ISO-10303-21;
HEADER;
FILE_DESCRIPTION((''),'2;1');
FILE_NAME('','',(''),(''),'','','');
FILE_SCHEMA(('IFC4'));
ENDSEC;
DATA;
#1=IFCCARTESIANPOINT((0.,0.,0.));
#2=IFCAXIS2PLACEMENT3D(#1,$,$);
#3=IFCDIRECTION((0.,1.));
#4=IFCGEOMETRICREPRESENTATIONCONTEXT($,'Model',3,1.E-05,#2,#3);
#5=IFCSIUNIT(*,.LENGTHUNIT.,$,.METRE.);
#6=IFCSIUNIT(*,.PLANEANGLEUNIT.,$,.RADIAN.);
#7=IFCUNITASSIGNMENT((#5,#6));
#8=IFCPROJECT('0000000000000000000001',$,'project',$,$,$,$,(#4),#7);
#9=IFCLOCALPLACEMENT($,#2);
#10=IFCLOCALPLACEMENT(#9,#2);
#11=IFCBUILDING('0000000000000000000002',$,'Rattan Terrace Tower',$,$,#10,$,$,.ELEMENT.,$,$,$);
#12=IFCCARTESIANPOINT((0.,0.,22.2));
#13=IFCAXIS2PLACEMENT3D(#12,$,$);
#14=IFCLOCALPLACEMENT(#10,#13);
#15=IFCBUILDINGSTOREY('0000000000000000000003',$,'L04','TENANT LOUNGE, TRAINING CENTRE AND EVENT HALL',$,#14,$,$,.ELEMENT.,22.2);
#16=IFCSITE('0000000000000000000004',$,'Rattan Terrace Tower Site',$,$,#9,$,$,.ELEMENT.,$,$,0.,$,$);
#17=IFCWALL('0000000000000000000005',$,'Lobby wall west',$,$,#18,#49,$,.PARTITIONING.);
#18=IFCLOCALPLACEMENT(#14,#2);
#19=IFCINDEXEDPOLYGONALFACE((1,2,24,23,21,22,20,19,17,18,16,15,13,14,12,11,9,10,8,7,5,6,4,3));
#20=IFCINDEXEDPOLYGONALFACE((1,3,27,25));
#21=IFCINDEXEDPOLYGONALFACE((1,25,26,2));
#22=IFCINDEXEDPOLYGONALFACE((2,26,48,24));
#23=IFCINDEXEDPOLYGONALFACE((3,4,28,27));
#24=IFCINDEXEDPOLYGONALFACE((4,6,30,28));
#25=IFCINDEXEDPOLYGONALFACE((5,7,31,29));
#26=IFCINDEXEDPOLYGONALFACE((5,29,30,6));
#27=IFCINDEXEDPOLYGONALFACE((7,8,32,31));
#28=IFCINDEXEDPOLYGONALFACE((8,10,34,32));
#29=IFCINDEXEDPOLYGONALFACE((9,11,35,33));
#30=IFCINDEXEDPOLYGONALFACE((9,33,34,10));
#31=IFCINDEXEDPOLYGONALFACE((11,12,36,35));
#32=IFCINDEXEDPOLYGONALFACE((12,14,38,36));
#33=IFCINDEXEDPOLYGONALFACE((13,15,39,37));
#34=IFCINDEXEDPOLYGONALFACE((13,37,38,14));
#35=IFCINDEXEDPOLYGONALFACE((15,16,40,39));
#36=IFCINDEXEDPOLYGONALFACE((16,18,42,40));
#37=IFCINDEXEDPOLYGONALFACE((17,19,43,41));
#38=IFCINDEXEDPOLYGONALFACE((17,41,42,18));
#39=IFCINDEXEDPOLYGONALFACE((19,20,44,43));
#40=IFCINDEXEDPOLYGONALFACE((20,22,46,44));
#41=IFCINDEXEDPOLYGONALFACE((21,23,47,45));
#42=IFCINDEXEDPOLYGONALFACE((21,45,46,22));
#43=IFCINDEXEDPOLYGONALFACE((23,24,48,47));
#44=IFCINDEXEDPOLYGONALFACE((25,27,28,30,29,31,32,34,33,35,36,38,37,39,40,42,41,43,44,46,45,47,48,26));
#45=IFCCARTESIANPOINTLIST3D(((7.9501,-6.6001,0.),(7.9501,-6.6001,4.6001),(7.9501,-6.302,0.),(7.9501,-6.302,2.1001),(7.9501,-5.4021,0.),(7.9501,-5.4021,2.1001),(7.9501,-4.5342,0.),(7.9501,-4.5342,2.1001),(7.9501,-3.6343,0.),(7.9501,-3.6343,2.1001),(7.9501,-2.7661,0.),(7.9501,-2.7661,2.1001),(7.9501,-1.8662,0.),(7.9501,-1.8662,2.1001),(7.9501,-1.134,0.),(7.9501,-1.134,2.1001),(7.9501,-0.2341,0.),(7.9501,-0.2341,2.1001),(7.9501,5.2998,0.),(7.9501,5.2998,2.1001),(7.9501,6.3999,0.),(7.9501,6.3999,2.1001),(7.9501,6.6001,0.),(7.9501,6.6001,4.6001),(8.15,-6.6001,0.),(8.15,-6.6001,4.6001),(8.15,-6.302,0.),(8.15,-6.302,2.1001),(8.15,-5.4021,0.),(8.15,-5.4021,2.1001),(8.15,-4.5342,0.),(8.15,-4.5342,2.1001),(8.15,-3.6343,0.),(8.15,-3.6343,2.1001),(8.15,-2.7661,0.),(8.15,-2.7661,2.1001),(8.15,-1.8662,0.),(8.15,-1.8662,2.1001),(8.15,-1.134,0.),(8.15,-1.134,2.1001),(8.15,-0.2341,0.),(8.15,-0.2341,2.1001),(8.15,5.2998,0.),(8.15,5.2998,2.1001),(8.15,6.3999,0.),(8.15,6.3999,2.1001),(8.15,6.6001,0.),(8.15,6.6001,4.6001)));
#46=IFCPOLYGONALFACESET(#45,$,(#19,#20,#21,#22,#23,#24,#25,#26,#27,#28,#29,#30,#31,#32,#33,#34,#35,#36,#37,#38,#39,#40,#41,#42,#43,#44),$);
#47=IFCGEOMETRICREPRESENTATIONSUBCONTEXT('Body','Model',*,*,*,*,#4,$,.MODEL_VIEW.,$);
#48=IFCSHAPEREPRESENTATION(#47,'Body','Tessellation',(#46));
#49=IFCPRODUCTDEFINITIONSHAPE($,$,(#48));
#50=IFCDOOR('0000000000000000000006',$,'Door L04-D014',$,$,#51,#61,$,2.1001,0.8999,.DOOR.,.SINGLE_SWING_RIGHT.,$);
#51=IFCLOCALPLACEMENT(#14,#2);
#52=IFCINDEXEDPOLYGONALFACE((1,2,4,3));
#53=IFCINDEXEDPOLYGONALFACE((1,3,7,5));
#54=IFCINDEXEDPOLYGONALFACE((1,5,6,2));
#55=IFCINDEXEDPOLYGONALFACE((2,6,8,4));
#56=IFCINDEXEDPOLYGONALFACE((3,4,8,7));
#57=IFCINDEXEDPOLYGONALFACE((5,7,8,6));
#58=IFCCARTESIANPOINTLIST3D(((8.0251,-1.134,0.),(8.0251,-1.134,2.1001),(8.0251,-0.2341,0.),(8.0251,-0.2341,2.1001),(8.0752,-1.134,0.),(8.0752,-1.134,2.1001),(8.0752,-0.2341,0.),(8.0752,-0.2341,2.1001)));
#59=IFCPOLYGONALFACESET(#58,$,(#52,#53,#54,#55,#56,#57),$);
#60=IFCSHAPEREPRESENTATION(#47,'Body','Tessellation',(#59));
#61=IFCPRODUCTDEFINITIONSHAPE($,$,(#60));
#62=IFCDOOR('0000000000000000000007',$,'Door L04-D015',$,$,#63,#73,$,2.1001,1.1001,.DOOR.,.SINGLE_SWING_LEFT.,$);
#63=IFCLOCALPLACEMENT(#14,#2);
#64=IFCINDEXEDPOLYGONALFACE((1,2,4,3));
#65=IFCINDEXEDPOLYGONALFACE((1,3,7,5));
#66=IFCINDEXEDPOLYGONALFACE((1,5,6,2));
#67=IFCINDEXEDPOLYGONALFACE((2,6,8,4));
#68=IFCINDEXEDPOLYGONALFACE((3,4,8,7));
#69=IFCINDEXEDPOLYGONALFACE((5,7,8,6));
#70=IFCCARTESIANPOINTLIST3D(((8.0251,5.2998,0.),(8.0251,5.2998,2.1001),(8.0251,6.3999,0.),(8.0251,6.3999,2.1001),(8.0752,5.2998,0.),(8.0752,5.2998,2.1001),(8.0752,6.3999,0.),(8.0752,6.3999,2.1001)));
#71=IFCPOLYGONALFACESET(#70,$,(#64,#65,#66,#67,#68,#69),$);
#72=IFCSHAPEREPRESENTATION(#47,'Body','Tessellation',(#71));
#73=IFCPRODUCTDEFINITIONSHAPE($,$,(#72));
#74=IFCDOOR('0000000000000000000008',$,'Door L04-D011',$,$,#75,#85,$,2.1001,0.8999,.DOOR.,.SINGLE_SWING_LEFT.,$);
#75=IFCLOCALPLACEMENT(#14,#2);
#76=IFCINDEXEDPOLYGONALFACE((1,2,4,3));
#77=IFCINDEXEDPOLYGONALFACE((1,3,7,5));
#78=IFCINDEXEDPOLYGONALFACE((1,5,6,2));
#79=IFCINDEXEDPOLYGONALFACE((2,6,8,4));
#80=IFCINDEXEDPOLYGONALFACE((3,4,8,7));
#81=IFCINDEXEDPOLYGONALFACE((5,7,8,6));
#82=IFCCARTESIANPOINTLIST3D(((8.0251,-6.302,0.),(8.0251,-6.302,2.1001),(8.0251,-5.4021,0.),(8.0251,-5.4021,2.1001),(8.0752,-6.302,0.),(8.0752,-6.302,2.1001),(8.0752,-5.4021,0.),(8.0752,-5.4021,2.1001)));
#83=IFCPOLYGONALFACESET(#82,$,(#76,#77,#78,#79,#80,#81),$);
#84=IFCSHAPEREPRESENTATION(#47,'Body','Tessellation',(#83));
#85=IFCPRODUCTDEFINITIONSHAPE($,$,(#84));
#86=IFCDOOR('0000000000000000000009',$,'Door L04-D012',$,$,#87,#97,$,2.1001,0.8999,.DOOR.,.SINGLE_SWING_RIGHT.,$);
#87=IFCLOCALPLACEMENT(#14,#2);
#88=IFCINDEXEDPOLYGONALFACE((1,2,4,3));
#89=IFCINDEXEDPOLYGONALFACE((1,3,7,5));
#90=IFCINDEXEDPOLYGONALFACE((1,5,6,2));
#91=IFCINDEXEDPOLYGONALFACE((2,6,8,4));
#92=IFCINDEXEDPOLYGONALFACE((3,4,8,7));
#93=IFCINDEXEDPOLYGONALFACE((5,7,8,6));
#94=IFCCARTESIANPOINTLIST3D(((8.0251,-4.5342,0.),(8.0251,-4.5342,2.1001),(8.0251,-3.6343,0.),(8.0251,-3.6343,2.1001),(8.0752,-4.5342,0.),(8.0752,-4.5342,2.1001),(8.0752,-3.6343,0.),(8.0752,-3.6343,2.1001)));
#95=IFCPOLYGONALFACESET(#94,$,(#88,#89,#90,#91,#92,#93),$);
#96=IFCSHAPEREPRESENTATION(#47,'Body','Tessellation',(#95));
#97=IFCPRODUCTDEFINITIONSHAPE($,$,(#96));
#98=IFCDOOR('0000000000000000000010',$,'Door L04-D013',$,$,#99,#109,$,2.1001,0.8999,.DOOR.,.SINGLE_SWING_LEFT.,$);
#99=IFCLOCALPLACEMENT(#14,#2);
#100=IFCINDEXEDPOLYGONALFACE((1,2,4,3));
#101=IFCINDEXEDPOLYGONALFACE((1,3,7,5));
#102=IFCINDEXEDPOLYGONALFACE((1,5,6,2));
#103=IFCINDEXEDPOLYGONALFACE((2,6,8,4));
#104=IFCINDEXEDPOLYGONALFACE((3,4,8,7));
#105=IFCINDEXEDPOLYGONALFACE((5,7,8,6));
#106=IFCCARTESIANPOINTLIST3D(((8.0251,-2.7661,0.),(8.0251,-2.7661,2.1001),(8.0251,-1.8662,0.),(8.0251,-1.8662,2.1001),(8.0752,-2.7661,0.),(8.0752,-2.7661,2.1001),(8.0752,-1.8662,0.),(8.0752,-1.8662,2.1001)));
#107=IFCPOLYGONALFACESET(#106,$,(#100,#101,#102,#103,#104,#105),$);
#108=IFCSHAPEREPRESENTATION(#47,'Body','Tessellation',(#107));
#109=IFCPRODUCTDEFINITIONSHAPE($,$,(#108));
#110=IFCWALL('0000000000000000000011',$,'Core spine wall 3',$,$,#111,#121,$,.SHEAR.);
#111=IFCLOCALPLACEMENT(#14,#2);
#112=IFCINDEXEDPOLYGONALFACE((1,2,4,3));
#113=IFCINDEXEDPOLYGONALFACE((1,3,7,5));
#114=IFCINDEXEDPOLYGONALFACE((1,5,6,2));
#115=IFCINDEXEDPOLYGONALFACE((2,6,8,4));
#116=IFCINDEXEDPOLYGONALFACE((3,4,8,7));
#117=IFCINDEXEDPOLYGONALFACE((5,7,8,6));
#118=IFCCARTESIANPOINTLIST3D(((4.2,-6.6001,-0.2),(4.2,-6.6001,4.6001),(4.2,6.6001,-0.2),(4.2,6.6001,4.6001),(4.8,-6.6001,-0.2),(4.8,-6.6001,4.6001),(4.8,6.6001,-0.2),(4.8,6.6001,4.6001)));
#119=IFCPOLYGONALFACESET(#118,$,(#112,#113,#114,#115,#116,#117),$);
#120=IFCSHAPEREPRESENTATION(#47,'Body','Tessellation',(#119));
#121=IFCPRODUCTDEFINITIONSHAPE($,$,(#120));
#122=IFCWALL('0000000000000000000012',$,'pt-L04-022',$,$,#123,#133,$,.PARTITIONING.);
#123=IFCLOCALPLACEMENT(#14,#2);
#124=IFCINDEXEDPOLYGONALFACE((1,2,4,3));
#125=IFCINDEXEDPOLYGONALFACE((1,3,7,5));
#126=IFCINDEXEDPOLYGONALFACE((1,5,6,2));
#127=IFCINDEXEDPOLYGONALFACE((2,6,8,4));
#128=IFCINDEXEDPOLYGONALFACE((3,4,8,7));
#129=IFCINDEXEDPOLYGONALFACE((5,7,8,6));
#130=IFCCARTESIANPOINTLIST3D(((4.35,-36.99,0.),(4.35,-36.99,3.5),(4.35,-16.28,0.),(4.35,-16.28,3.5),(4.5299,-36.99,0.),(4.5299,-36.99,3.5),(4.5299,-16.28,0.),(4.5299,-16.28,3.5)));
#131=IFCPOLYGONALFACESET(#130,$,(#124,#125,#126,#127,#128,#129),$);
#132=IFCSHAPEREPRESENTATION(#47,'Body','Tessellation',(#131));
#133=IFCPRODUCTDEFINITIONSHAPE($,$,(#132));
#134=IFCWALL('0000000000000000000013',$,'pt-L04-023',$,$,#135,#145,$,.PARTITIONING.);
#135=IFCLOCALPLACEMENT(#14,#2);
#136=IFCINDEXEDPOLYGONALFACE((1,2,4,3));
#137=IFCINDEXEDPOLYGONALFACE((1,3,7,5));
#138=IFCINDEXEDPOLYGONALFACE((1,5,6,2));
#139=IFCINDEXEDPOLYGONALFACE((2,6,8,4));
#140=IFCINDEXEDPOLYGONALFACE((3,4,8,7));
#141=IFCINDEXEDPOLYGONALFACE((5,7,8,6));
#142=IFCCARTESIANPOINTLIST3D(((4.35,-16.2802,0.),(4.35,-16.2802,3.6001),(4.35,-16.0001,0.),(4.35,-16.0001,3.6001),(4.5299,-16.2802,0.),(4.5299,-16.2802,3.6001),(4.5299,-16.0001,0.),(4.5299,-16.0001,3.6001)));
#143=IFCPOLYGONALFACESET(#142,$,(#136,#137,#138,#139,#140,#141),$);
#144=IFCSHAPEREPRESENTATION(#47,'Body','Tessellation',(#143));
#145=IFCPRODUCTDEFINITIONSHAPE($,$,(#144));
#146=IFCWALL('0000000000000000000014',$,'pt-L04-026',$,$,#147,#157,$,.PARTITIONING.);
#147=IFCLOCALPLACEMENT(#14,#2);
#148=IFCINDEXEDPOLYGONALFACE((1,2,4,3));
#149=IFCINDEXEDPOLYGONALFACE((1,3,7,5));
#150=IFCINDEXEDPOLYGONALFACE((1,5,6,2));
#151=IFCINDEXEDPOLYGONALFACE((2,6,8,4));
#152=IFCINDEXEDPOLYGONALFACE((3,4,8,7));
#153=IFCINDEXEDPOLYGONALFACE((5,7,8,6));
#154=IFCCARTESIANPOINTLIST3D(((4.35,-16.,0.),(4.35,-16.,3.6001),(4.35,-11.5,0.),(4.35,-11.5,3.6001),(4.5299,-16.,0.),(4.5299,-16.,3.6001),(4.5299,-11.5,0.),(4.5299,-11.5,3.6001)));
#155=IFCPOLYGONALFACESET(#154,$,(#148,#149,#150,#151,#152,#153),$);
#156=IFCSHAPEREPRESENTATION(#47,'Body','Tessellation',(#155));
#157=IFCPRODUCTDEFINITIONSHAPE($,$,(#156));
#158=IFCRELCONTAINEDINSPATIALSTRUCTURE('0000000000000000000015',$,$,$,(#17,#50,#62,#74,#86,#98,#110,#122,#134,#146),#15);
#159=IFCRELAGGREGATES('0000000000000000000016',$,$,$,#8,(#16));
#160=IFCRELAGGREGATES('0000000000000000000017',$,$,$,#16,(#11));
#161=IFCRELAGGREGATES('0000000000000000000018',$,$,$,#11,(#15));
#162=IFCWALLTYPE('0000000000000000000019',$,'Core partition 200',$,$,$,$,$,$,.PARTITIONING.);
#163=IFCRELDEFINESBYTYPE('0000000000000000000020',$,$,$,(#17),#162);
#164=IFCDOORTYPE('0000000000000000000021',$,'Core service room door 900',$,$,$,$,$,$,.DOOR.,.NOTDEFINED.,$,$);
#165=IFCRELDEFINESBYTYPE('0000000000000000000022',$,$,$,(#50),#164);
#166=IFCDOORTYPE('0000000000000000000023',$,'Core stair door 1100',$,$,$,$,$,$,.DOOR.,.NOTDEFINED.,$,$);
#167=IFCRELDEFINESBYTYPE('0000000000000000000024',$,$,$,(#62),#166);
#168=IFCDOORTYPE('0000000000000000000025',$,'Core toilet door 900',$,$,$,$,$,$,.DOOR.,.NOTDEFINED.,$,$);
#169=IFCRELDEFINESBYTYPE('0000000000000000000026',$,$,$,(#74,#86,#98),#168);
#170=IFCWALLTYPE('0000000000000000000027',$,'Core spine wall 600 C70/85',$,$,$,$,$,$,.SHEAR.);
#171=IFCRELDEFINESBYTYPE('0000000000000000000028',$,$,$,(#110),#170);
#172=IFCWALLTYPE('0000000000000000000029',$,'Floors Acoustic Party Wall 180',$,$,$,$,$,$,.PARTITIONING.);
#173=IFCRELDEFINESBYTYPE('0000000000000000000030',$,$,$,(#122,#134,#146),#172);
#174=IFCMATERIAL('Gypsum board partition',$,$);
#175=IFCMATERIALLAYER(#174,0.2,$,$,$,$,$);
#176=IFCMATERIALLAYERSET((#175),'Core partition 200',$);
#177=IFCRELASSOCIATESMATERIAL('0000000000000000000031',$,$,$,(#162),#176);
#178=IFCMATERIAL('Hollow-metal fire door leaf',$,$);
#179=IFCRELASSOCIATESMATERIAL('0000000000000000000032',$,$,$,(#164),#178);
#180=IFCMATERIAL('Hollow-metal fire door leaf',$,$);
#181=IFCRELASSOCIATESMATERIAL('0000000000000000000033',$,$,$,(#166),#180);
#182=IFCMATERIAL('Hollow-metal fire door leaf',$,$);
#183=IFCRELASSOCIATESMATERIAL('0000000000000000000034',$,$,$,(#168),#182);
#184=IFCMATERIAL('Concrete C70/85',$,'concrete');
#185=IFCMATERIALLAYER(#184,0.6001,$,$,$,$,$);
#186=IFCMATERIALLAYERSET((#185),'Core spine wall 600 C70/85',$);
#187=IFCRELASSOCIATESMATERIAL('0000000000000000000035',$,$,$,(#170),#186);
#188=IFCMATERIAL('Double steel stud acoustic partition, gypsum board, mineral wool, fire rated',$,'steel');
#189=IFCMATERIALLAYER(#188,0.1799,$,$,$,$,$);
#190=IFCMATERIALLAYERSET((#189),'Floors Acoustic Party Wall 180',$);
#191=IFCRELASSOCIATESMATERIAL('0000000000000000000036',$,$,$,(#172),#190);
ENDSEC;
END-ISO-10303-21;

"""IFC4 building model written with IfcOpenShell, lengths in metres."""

from ifc_helpers import new_model, si_unit, direction, frame, frame_2d, origin, place, context, subcontext, project, spatial, rectangle, extrude, material, layer, layer_set, type_object, element, fill, save


model = new_model("IFC4")

# Units and contexts
model_context = context("Model", 3, precision=1e-05, world=origin(), true_north=direction((0.0, 1.0)))
body_context = subcontext(model_context, "Body", "Model", "MODEL_VIEW")
ifc_project = project(units=[si_unit("LENGTHUNIT", "METRE"), si_unit("PLANEANGLEUNIT", "RADIAN")], contexts=[model_context])

# Site, building, storey
site_placement = place(None, origin())
site = spatial("IfcSite", under=ifc_project, at=site_placement, Name="Rattan Terrace Tower Site", CompositionType="ELEMENT", RefElevation=0.0)
building_placement = place(site_placement, origin())
building = spatial("IfcBuilding", under=site, at=building_placement, Name="Rattan Terrace Tower", CompositionType="ELEMENT")
storey_placement = place(building_placement, frame((0.0, 0.0, 22.2)))
storey = spatial("IfcBuildingStorey", under=building, at=storey_placement, Name="L04", Description="TENANT LOUNGE, TRAINING CENTRE AND EVENT HALL", CompositionType="ELEMENT", Elevation=22.2)

# Wall, openings, doors
ifc_material_1 = material(Name="Gypsum board partition")
ifc_layer_1 = layer(ifc_material_1, 0.2)
ifc_layer_set_1 = layer_set([ifc_layer_1], Name="Core partition 200")
wall_type_1 = type_object("IfcWallType", Name="Core partition 200", PredefinedType="PARTITIONING", material=ifc_layer_set_1)
wall_1_placement = place(storey_placement, frame((8.05, -6.6001, 0.0), z_axis=(0.0, 0.0, 1.0), x_axis=(0.0, 1.0, 0.0)))
wall_1 = element("IfcWall", 1, at=wall_1_placement, inside=storey, type_object=wall_type_1, Name="Lobby wall west", PredefinedType="PARTITIONING", context=body_context, shape_type="SweptSolid", body=[
    extrude(rectangle(XDim=13.2002, YDim=0.2, at=frame_2d((6.6001, 0.0))), origin(), (0.0, 0.0, 1.0), 4.6001),
])
opening_1_placement = place(wall_1_placement, frame((0.2981, 0.0, 0.0)))
opening_1 = element("IfcOpeningElement", 2, at=opening_1_placement, cuts=wall_1, PredefinedType="OPENING", context=body_context, shape_type="SweptSolid", body=[
    extrude(rectangle(XDim=0.8999, YDim=2.1001, at=frame_2d((0.45, 1.05))), frame((0.0, 0.1106, 0.0), z_axis=(0.0, -1.0, 0.0), x_axis=(1.0, 0.0, 0.0)), (0.0, 0.0, 1.0), 0.2209),
])
opening_2_placement = place(wall_1_placement, frame((2.0659, 0.0, 0.0)))
opening_2 = element("IfcOpeningElement", 3, at=opening_2_placement, cuts=wall_1, PredefinedType="OPENING", context=body_context, shape_type="SweptSolid", body=[
    extrude(rectangle(XDim=0.8999, YDim=2.1001, at=frame_2d((0.45, 1.05))), frame((0.0, 0.1106, 0.0), z_axis=(0.0, -1.0, 0.0), x_axis=(1.0, 0.0, 0.0)), (0.0, 0.0, 1.0), 0.2209),
])
opening_3_placement = place(wall_1_placement, frame((3.834, 0.0, 0.0)))
opening_3 = element("IfcOpeningElement", 4, at=opening_3_placement, cuts=wall_1, PredefinedType="OPENING", context=body_context, shape_type="SweptSolid", body=[
    extrude(rectangle(XDim=0.8999, YDim=2.1001, at=frame_2d((0.45, 1.05))), frame((0.0, 0.1106, 0.0), z_axis=(0.0, -1.0, 0.0), x_axis=(1.0, 0.0, 0.0)), (0.0, 0.0, 1.0), 0.2209),
])
opening_4_placement = place(wall_1_placement, frame((5.4661, 0.0, 0.0)))
opening_4 = element("IfcOpeningElement", 5, at=opening_4_placement, cuts=wall_1, PredefinedType="OPENING", context=body_context, shape_type="SweptSolid", body=[
    extrude(rectangle(XDim=0.8999, YDim=2.1001, at=frame_2d((0.45, 1.05))), frame((0.0, 0.1106, 0.0), z_axis=(0.0, -1.0, 0.0), x_axis=(1.0, 0.0, 0.0)), (0.0, 0.0, 1.0), 0.2209),
])
opening_5_placement = place(wall_1_placement, frame((11.8999, 0.0, 0.0)))
opening_5 = element("IfcOpeningElement", 6, at=opening_5_placement, cuts=wall_1, PredefinedType="OPENING", context=body_context, shape_type="SweptSolid", body=[
    extrude(rectangle(XDim=1.1001, YDim=2.1001, at=frame_2d((0.55, 1.05))), frame((0.0, 0.1106, 0.0), z_axis=(0.0, -1.0, 0.0), x_axis=(1.0, 0.0, 0.0)), (0.0, 0.0, 1.0), 0.2209),
])
ifc_material_2 = material(Name="Hollow-metal fire door leaf")
door_type_1 = type_object("IfcDoorType", Name="Core service room door 900", OperationType="NOTDEFINED", PredefinedType="DOOR", material=ifc_material_2)
door_1_placement = place(opening_4_placement, origin())
door_1 = element("IfcDoor", 7, at=door_1_placement, inside=storey, type_object=door_type_1, Name="Door L04-D014", OperationType="SINGLE_SWING_RIGHT", OverallHeight=2.1001, OverallWidth=0.8999, PredefinedType="DOOR", context=body_context, shape_type="SweptSolid", body=[
    extrude(rectangle(XDim=0.8999, YDim=2.1001, at=frame_2d((0.45, 1.05))), frame((0.0, 0.0249, 0.0), z_axis=(0.0, -1.0, 0.0), x_axis=(1.0, 0.0, 0.0)), (0.0, 0.0, 1.0), 0.05),
])
fill(opening_4, door_1)
ifc_material_3 = material(Name="Hollow-metal fire door leaf")
door_type_2 = type_object("IfcDoorType", Name="Core stair door 1100", OperationType="NOTDEFINED", PredefinedType="DOOR", material=ifc_material_3)
door_2_placement = place(opening_5_placement, origin())
door_2 = element("IfcDoor", 8, at=door_2_placement, inside=storey, type_object=door_type_2, Name="Door L04-D015", OperationType="SINGLE_SWING_LEFT", OverallHeight=2.1001, OverallWidth=1.1001, PredefinedType="DOOR", context=body_context, shape_type="SweptSolid", body=[
    extrude(rectangle(XDim=1.1001, YDim=2.1001, at=frame_2d((0.55, 1.05))), frame((0.0, 0.0249, 0.0), z_axis=(0.0, -1.0, 0.0), x_axis=(1.0, 0.0, 0.0)), (0.0, 0.0, 1.0), 0.05),
])
fill(opening_5, door_2)
ifc_material_4 = material(Name="Hollow-metal fire door leaf")
door_type_3 = type_object("IfcDoorType", Name="Core toilet door 900", OperationType="NOTDEFINED", PredefinedType="DOOR", material=ifc_material_4)
door_3_placement = place(opening_1_placement, origin())
door_3 = element("IfcDoor", 9, at=door_3_placement, inside=storey, type_object=door_type_3, Name="Door L04-D011", OperationType="SINGLE_SWING_LEFT", OverallHeight=2.1001, OverallWidth=0.8999, PredefinedType="DOOR", context=body_context, shape_type="SweptSolid", body=[
    extrude(rectangle(XDim=0.8999, YDim=2.1001, at=frame_2d((0.45, 1.05))), frame((0.0, 0.0249, 0.0), z_axis=(0.0, -1.0, 0.0), x_axis=(1.0, 0.0, 0.0)), (0.0, 0.0, 1.0), 0.05),
])
fill(opening_1, door_3)
door_4_placement = place(opening_2_placement, origin())
door_4 = element("IfcDoor", 10, at=door_4_placement, inside=storey, type_object=door_type_3, Name="Door L04-D012", OperationType="SINGLE_SWING_RIGHT", OverallHeight=2.1001, OverallWidth=0.8999, PredefinedType="DOOR", context=body_context, shape_type="SweptSolid", body=[
    extrude(rectangle(XDim=0.8999, YDim=2.1001, at=frame_2d((0.45, 1.05))), frame((0.0, 0.0249, 0.0), z_axis=(0.0, -1.0, 0.0), x_axis=(1.0, 0.0, 0.0)), (0.0, 0.0, 1.0), 0.05),
])
fill(opening_2, door_4)
door_5_placement = place(opening_3_placement, origin())
door_5 = element("IfcDoor", 11, at=door_5_placement, inside=storey, type_object=door_type_3, Name="Door L04-D013", OperationType="SINGLE_SWING_LEFT", OverallHeight=2.1001, OverallWidth=0.8999, PredefinedType="DOOR", context=body_context, shape_type="SweptSolid", body=[
    extrude(rectangle(XDim=0.8999, YDim=2.1001, at=frame_2d((0.45, 1.05))), frame((0.0, 0.0249, 0.0), z_axis=(0.0, -1.0, 0.0), x_axis=(1.0, 0.0, 0.0)), (0.0, 0.0, 1.0), 0.05),
])
fill(opening_3, door_5)

# Walls
ifc_material_5 = material(Name="Concrete C70/85", Category="concrete")
ifc_layer_2 = layer(ifc_material_5, 0.6001)
ifc_layer_set_2 = layer_set([ifc_layer_2], Name="Core spine wall 600 C70/85")
wall_type_2 = type_object("IfcWallType", Name="Core spine wall 600 C70/85", PredefinedType="SHEAR", material=ifc_layer_set_2)
wall_2_placement = place(storey_placement, frame((4.5, -6.6001, -0.2), z_axis=(0.0, 0.0, 1.0), x_axis=(0.0, 1.0, 0.0)))
element("IfcWall", 12, at=wall_2_placement, inside=storey, type_object=wall_type_2, Name="Core spine wall 3", PredefinedType="SHEAR", context=body_context, shape_type="SweptSolid", body=[
    extrude(rectangle(XDim=13.2002, YDim=0.6001, at=frame_2d((6.6001, 0.0))), origin(), (0.0, 0.0, 1.0), 4.8),
])
ifc_material_6 = material(Name="Double steel stud acoustic partition, gypsum board, mineral wool, fire rated", Category="steel")
ifc_layer_3 = layer(ifc_material_6, 0.1799)
ifc_layer_set_3 = layer_set([ifc_layer_3], Name="Floors Acoustic Party Wall 180")
wall_type_3 = type_object("IfcWallType", Name="Floors Acoustic Party Wall 180", PredefinedType="PARTITIONING", material=ifc_layer_set_3)
wall_3_placement = place(storey_placement, frame((4.4399, -16.28, 0.0), z_axis=(0.0, 0.0, 1.0), x_axis=(0.0, -1.0, 0.0)))
element("IfcWall", 13, at=wall_3_placement, inside=storey, type_object=wall_type_3, Name="pt-L04-022", PredefinedType="PARTITIONING", context=body_context, shape_type="SweptSolid", body=[
    extrude(rectangle(XDim=20.71, YDim=0.1799, at=frame_2d((10.355, 0.0))), origin(), (0.0, 0.0, 1.0), 3.5),
])
wall_4_placement = place(storey_placement, frame((4.4399, -16.0, 0.0), z_axis=(0.0, 0.0, 1.0), x_axis=(0.0, -1.0, 0.0)))
element("IfcWall", 14, at=wall_4_placement, inside=storey, type_object=wall_type_3, Name="pt-L04-023", PredefinedType="PARTITIONING", context=body_context, shape_type="SweptSolid", body=[
    extrude(rectangle(XDim=0.28, YDim=0.1799, at=frame_2d((0.1401, 0.0))), origin(), (0.0, 0.0, 1.0), 3.6001),
])
wall_5_placement = place(storey_placement, frame((4.4399, -11.5, 0.0), z_axis=(0.0, 0.0, 1.0), x_axis=(0.0, -1.0, 0.0)))
element("IfcWall", 15, at=wall_5_placement, inside=storey, type_object=wall_type_3, Name="pt-L04-026", PredefinedType="PARTITIONING", context=body_context, shape_type="SweptSolid", body=[
    extrude(rectangle(XDim=4.5, YDim=0.1799, at=frame_2d((2.25, 0.0))), origin(), (0.0, 0.0, 1.0), 3.6001),
])

save(model, "model.ifc")
